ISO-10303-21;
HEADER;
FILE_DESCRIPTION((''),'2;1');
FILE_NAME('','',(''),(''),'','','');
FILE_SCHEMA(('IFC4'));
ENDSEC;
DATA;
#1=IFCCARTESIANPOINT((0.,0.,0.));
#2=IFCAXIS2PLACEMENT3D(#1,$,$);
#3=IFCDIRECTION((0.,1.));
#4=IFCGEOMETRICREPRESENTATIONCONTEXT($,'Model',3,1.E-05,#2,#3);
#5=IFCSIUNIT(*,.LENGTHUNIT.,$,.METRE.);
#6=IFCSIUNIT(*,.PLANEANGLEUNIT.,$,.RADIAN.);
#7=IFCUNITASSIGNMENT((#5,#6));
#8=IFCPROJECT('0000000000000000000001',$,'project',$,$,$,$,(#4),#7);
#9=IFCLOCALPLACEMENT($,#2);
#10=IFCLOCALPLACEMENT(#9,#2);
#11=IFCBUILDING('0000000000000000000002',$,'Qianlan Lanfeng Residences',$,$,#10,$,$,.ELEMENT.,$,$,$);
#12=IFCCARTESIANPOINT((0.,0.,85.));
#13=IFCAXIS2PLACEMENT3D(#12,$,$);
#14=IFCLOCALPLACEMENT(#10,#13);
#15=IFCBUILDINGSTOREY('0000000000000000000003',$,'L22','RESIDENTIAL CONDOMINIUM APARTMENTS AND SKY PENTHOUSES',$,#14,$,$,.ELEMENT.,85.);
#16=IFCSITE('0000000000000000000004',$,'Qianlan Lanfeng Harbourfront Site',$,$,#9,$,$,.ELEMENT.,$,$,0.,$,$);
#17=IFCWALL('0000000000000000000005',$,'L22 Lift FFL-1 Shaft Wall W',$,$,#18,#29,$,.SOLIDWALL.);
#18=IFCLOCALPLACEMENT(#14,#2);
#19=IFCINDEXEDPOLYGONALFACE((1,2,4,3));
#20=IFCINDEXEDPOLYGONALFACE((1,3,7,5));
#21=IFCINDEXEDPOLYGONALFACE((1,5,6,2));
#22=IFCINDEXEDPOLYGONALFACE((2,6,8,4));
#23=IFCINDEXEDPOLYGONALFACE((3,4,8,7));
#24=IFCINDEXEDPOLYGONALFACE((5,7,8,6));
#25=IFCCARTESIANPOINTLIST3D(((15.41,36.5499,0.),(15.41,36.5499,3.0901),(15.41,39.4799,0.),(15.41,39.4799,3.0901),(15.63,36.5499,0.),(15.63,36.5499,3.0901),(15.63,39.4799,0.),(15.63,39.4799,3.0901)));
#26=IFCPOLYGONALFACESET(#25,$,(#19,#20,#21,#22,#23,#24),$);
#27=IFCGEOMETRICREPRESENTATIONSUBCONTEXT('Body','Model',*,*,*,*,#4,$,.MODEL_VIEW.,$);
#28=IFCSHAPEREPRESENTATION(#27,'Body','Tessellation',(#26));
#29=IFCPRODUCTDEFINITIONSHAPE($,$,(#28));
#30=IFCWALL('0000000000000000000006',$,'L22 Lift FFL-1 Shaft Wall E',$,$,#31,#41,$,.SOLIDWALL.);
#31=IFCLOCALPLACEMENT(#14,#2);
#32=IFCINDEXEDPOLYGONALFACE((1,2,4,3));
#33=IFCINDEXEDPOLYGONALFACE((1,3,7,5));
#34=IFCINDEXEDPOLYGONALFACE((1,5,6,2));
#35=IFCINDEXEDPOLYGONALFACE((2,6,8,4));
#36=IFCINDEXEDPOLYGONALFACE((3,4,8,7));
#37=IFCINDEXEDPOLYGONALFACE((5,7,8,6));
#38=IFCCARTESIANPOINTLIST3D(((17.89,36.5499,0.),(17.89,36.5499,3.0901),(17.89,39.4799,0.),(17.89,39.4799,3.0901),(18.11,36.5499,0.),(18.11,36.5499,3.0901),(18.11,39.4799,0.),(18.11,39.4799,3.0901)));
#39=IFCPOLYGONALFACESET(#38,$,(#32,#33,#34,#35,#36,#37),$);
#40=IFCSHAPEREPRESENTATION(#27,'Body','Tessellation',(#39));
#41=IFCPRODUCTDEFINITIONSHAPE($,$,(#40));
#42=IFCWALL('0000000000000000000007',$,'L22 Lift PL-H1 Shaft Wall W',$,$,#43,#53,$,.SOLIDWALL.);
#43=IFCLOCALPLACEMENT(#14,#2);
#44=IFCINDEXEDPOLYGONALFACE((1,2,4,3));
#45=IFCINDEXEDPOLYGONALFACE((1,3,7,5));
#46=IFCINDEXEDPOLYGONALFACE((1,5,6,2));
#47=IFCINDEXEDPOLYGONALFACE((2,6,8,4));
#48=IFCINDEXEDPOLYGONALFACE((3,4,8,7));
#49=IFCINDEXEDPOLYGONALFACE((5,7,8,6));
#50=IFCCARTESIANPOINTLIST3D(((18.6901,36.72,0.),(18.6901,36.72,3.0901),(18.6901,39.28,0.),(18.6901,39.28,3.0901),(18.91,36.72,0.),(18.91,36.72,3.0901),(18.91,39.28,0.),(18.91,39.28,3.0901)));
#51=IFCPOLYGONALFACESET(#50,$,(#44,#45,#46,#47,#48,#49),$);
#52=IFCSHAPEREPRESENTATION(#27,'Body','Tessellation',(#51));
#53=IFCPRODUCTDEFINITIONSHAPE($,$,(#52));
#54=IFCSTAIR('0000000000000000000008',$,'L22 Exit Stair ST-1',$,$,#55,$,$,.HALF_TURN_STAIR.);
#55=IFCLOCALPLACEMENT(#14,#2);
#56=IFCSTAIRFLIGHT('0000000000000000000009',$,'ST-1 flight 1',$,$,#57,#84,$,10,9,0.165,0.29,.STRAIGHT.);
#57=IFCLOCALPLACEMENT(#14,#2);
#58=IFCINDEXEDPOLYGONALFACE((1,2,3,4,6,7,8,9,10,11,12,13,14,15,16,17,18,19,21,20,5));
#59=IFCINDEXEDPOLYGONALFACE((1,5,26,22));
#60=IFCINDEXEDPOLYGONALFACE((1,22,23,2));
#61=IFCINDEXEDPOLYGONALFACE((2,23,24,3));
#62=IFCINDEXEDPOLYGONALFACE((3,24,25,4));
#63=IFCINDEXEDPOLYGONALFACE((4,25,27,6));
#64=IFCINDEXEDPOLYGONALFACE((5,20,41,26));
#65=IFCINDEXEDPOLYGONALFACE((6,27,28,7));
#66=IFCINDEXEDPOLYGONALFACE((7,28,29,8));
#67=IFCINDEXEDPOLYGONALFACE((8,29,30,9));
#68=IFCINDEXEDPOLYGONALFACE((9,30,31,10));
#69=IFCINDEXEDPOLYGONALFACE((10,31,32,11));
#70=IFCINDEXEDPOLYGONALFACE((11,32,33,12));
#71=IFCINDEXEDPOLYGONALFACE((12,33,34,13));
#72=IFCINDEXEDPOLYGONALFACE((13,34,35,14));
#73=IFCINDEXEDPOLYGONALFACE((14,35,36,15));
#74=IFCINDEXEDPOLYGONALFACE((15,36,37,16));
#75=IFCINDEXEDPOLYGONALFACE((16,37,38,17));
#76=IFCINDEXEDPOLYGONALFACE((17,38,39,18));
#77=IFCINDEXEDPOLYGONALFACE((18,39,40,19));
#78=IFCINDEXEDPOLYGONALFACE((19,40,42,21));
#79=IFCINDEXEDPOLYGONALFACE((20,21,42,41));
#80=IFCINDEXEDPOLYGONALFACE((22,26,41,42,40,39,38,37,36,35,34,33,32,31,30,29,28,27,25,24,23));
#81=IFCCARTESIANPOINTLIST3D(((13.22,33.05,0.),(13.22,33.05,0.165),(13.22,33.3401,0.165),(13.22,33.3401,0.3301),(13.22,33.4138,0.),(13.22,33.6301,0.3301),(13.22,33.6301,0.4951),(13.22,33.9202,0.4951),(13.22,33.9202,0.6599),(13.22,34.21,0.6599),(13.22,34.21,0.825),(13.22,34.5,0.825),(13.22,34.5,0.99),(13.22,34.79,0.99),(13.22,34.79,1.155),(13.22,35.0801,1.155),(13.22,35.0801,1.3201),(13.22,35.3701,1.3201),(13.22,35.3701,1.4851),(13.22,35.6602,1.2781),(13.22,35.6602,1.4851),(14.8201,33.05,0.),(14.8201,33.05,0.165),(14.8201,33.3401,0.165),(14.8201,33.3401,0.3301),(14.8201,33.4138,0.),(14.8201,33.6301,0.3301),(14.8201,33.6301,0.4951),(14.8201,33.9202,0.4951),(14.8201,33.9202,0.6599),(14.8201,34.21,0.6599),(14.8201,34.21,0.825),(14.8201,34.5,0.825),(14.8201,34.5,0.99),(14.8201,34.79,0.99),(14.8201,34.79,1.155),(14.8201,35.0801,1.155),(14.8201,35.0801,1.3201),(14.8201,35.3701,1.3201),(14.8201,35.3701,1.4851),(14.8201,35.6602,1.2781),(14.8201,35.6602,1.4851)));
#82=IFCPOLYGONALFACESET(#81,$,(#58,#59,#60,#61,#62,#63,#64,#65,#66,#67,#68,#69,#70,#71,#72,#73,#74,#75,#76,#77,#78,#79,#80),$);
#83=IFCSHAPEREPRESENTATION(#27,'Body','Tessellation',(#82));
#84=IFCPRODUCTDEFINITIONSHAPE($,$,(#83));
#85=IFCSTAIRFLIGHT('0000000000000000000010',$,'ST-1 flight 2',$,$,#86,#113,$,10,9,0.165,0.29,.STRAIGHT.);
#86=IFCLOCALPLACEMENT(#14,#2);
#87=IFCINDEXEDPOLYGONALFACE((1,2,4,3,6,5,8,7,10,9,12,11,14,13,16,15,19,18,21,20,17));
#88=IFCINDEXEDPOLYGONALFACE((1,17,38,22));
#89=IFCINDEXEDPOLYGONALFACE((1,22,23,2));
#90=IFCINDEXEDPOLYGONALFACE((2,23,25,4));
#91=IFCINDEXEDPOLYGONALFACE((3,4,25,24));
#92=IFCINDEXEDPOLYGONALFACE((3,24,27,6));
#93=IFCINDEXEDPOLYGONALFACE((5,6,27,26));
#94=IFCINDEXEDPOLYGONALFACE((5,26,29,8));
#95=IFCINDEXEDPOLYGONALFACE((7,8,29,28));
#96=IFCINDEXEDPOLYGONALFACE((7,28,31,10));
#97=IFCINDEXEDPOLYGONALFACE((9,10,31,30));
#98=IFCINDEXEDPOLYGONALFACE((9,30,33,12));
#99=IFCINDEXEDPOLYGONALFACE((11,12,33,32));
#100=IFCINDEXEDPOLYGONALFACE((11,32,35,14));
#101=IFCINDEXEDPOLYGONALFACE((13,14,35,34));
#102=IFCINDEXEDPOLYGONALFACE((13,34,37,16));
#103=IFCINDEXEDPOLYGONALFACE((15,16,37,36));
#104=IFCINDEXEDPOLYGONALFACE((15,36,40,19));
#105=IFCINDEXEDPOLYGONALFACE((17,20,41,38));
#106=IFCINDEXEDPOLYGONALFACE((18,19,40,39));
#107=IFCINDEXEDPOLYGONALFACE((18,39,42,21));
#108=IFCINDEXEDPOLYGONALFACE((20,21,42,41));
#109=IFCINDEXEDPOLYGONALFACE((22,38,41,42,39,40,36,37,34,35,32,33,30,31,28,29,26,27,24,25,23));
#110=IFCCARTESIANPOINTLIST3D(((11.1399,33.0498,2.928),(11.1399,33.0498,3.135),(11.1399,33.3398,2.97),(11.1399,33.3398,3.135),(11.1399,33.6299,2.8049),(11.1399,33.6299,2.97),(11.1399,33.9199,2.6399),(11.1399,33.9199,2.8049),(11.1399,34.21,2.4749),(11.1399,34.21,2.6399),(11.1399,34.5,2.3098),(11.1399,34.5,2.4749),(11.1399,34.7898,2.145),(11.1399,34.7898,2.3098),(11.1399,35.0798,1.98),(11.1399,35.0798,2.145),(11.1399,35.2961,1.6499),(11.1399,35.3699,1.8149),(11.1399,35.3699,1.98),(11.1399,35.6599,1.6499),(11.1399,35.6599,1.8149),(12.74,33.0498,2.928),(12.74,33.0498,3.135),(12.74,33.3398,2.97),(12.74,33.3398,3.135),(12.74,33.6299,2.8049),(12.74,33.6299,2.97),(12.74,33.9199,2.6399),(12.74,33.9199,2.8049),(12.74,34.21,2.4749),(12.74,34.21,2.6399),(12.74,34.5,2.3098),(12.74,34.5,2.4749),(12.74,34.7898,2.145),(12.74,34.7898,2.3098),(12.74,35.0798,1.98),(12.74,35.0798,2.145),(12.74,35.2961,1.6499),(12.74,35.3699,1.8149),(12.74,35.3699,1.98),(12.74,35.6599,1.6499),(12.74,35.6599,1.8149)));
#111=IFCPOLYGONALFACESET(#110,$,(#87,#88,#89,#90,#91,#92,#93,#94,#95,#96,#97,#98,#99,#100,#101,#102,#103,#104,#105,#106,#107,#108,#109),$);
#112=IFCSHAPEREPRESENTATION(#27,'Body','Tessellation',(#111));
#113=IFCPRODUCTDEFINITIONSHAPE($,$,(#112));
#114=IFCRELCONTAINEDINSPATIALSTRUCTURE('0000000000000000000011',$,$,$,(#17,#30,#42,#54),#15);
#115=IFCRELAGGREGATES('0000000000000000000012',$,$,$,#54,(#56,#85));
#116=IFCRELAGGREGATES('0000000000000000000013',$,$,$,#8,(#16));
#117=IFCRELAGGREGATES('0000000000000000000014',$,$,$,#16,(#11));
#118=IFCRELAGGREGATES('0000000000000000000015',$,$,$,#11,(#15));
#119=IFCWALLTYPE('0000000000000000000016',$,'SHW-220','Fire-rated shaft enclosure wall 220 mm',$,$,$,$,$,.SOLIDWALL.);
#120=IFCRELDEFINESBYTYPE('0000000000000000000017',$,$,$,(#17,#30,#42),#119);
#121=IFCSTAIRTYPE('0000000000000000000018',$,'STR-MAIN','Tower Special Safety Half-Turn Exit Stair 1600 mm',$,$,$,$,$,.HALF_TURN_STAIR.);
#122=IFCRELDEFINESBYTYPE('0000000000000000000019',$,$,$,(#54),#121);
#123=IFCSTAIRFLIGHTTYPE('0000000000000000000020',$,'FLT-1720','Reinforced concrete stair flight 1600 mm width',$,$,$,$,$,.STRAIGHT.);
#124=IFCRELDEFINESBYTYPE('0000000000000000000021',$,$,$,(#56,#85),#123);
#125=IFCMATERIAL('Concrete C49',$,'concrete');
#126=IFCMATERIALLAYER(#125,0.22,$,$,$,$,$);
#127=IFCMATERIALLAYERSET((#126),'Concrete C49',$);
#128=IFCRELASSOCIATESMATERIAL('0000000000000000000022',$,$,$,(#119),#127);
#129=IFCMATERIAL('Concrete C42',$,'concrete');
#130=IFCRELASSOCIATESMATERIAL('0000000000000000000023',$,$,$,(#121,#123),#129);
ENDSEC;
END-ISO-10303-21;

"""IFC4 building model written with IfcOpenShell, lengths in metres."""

from ifc_helpers import new_model, si_unit, direction, frame, frame_2d, origin, place, context, subcontext, project, spatial, polyline, rectangle, outline, extrude, material, layer, layer_set, type_object, element, aggregate, save


model = new_model("IFC4")

# Units and contexts
model_context = context("Model", 3, precision=1e-05, world=origin(), true_north=direction((0.0, 1.0)))
body_context = subcontext(model_context, "Body", "Model", "MODEL_VIEW")
ifc_project = project(units=[si_unit("LENGTHUNIT", "METRE"), si_unit("PLANEANGLEUNIT", "RADIAN")], contexts=[model_context])

# Site, building, storey
site_placement = place(None, origin())
site = spatial("IfcSite", under=ifc_project, at=site_placement, Name="Qianlan Lanfeng Harbourfront Site", CompositionType="ELEMENT", RefElevation=0.0)
building_placement = place(site_placement, origin())
building = spatial("IfcBuilding", under=site, at=building_placement, Name="Qianlan Lanfeng Residences", CompositionType="ELEMENT")
storey_placement = place(building_placement, frame((0.0, 0.0, 85.0)))
storey = spatial("IfcBuildingStorey", under=building, at=storey_placement, Name="L22", Description="RESIDENTIAL CONDOMINIUM APARTMENTS AND SKY PENTHOUSES", CompositionType="ELEMENT", Elevation=85.0)

# Walls
ifc_material_1 = material(Name="Concrete C49", Category="concrete")
ifc_layer_1 = layer(ifc_material_1, 0.22)
ifc_layer_set_1 = layer_set([ifc_layer_1], Name="Concrete C49")
wall_type_1 = type_object("IfcWallType", Name="SHW-220", Description="Fire-rated shaft enclosure wall 220 mm", PredefinedType="SOLIDWALL", material=ifc_layer_set_1)
for number, where, z_axis, x_axis, name in (
    (1, (15.52, 36.55, 0.0), (0.0, 0.0, 1.0), (0.0, 1.0, 0.0), "L22 Lift FFL-1 Shaft Wall W"),
    (2, (18.0, 36.55, 0.0), (0.0, 0.0, 1.0), (0.0, 1.0, 0.0), "L22 Lift FFL-1 Shaft Wall E"),
):
    element("IfcWall", number, at=place(storey_placement, frame(where, z_axis=z_axis, x_axis=x_axis)), inside=storey, type_object=wall_type_1, Name=name, PredefinedType="SOLIDWALL", context=body_context, shape_type="SweptSolid", body=[
        extrude(rectangle(XDim=2.9299, YDim=0.22, at=frame_2d((1.4648, 0.0))), origin(), (0.0, 0.0, 1.0), 3.0901),
    ])
wall_1_placement = place(storey_placement, frame((18.8, 36.72, 0.0), z_axis=(0.0, 0.0, 1.0), x_axis=(0.0, 1.0, 0.0)))
element("IfcWall", 3, at=wall_1_placement, inside=storey, type_object=wall_type_1, Name="L22 Lift PL-H1 Shaft Wall W", PredefinedType="SOLIDWALL", context=body_context, shape_type="SweptSolid", body=[
    extrude(rectangle(XDim=2.5601, YDim=0.22, at=frame_2d((1.28, 0.0))), origin(), (0.0, 0.0, 1.0), 3.0901),
])

# Stair, stair flights
ifc_material_2 = material(Name="Concrete C42", Category="concrete")
stair_type = type_object("IfcStairType", Name="STR-MAIN", Description="Tower Special Safety Half-Turn Exit Stair 1600 mm", PredefinedType="HALF_TURN_STAIR", material=ifc_material_2)
stair_placement = place(storey_placement, origin())
stair = element("IfcStair", 4, at=stair_placement, inside=storey, type_object=stair_type, Name="L22 Exit Stair ST-1", PredefinedType="HALF_TURN_STAIR")
stair_flight_type = type_object("IfcStairFlightType", Name="FLT-1720", Description="Reinforced concrete stair flight 1600 mm width", PredefinedType="STRAIGHT", material=ifc_material_2)
stair_flight_1_placement = place(storey_placement, frame((14.02, 33.05, 0.0), z_axis=(0.0, 0.0, 1.0), x_axis=(0.0, 1.0, 0.0)))
stair_flight_1 = element("IfcStairFlight", 5, at=stair_flight_1_placement, type_object=stair_flight_type, Name="ST-1 flight 1", NumberOfRisers=10, NumberOfTreads=9, PredefinedType="STRAIGHT", RiserHeight=0.165, TreadLength=0.29, context=body_context, shape_type="SweptSolid", body=[
    extrude(outline(polyline([(0.0, 0.0), (0.0, 0.165), (0.29, 0.165), (0.29, 0.3301), (0.5801, 0.3301), (0.5801, 0.4951), (0.8701, 0.4951), (0.8701, 0.6599), (1.1599, 0.6599), (1.1599, 0.825), (1.45, 0.825), (1.45, 0.99), (1.74, 0.99), (1.74, 1.155), (2.03, 1.155), (2.03, 1.3201), (2.3201, 1.3201), (2.3201, 1.4851), (2.6101, 1.4851), (2.6101, 1.6499), (2.6101, 1.2781), (0.3638, 0.0), (0.0, 0.0)])), frame((0.0, 0.8, 0.0), z_axis=(0.0, -1.0, 0.0), x_axis=(1.0, 0.0, 0.0)), (0.0, 0.0, 1.0), 1.6001),
])
stair_flight_2_placement = place(storey_placement, frame((11.9399, 35.6599, 1.6499), z_axis=(0.0, 0.0, 1.0), x_axis=(0.0, -1.0, 0.0)))
stair_flight_2 = element("IfcStairFlight", 6, at=stair_flight_2_placement, type_object=stair_flight_type, Name="ST-1 flight 2", NumberOfRisers=10, NumberOfTreads=9, PredefinedType="STRAIGHT", RiserHeight=0.165, TreadLength=0.29, context=body_context, shape_type="SweptSolid", body=[
    extrude(outline(polyline([(0.0, 0.0), (0.0, 0.165), (0.29, 0.165), (0.29, 0.3301), (0.5801, 0.3301), (0.5801, 0.4951), (0.8701, 0.4951), (0.8701, 0.6599), (1.1599, 0.6599), (1.1599, 0.825), (1.45, 0.825), (1.45, 0.99), (1.74, 0.99), (1.74, 1.155), (2.03, 1.155), (2.03, 1.3201), (2.3201, 1.3201), (2.3201, 1.4851), (2.6101, 1.4851), (2.6101, 1.6499), (2.6101, 1.2781), (0.3638, 0.0), (0.0, 0.0)])), frame((0.0, 0.8, 0.0), z_axis=(0.0, -1.0, 0.0), x_axis=(1.0, 0.0, 0.0)), (0.0, 0.0, 1.0), 1.6001),
])
aggregate(stair, [stair_flight_1, stair_flight_2])

save(model, "model.ifc")
